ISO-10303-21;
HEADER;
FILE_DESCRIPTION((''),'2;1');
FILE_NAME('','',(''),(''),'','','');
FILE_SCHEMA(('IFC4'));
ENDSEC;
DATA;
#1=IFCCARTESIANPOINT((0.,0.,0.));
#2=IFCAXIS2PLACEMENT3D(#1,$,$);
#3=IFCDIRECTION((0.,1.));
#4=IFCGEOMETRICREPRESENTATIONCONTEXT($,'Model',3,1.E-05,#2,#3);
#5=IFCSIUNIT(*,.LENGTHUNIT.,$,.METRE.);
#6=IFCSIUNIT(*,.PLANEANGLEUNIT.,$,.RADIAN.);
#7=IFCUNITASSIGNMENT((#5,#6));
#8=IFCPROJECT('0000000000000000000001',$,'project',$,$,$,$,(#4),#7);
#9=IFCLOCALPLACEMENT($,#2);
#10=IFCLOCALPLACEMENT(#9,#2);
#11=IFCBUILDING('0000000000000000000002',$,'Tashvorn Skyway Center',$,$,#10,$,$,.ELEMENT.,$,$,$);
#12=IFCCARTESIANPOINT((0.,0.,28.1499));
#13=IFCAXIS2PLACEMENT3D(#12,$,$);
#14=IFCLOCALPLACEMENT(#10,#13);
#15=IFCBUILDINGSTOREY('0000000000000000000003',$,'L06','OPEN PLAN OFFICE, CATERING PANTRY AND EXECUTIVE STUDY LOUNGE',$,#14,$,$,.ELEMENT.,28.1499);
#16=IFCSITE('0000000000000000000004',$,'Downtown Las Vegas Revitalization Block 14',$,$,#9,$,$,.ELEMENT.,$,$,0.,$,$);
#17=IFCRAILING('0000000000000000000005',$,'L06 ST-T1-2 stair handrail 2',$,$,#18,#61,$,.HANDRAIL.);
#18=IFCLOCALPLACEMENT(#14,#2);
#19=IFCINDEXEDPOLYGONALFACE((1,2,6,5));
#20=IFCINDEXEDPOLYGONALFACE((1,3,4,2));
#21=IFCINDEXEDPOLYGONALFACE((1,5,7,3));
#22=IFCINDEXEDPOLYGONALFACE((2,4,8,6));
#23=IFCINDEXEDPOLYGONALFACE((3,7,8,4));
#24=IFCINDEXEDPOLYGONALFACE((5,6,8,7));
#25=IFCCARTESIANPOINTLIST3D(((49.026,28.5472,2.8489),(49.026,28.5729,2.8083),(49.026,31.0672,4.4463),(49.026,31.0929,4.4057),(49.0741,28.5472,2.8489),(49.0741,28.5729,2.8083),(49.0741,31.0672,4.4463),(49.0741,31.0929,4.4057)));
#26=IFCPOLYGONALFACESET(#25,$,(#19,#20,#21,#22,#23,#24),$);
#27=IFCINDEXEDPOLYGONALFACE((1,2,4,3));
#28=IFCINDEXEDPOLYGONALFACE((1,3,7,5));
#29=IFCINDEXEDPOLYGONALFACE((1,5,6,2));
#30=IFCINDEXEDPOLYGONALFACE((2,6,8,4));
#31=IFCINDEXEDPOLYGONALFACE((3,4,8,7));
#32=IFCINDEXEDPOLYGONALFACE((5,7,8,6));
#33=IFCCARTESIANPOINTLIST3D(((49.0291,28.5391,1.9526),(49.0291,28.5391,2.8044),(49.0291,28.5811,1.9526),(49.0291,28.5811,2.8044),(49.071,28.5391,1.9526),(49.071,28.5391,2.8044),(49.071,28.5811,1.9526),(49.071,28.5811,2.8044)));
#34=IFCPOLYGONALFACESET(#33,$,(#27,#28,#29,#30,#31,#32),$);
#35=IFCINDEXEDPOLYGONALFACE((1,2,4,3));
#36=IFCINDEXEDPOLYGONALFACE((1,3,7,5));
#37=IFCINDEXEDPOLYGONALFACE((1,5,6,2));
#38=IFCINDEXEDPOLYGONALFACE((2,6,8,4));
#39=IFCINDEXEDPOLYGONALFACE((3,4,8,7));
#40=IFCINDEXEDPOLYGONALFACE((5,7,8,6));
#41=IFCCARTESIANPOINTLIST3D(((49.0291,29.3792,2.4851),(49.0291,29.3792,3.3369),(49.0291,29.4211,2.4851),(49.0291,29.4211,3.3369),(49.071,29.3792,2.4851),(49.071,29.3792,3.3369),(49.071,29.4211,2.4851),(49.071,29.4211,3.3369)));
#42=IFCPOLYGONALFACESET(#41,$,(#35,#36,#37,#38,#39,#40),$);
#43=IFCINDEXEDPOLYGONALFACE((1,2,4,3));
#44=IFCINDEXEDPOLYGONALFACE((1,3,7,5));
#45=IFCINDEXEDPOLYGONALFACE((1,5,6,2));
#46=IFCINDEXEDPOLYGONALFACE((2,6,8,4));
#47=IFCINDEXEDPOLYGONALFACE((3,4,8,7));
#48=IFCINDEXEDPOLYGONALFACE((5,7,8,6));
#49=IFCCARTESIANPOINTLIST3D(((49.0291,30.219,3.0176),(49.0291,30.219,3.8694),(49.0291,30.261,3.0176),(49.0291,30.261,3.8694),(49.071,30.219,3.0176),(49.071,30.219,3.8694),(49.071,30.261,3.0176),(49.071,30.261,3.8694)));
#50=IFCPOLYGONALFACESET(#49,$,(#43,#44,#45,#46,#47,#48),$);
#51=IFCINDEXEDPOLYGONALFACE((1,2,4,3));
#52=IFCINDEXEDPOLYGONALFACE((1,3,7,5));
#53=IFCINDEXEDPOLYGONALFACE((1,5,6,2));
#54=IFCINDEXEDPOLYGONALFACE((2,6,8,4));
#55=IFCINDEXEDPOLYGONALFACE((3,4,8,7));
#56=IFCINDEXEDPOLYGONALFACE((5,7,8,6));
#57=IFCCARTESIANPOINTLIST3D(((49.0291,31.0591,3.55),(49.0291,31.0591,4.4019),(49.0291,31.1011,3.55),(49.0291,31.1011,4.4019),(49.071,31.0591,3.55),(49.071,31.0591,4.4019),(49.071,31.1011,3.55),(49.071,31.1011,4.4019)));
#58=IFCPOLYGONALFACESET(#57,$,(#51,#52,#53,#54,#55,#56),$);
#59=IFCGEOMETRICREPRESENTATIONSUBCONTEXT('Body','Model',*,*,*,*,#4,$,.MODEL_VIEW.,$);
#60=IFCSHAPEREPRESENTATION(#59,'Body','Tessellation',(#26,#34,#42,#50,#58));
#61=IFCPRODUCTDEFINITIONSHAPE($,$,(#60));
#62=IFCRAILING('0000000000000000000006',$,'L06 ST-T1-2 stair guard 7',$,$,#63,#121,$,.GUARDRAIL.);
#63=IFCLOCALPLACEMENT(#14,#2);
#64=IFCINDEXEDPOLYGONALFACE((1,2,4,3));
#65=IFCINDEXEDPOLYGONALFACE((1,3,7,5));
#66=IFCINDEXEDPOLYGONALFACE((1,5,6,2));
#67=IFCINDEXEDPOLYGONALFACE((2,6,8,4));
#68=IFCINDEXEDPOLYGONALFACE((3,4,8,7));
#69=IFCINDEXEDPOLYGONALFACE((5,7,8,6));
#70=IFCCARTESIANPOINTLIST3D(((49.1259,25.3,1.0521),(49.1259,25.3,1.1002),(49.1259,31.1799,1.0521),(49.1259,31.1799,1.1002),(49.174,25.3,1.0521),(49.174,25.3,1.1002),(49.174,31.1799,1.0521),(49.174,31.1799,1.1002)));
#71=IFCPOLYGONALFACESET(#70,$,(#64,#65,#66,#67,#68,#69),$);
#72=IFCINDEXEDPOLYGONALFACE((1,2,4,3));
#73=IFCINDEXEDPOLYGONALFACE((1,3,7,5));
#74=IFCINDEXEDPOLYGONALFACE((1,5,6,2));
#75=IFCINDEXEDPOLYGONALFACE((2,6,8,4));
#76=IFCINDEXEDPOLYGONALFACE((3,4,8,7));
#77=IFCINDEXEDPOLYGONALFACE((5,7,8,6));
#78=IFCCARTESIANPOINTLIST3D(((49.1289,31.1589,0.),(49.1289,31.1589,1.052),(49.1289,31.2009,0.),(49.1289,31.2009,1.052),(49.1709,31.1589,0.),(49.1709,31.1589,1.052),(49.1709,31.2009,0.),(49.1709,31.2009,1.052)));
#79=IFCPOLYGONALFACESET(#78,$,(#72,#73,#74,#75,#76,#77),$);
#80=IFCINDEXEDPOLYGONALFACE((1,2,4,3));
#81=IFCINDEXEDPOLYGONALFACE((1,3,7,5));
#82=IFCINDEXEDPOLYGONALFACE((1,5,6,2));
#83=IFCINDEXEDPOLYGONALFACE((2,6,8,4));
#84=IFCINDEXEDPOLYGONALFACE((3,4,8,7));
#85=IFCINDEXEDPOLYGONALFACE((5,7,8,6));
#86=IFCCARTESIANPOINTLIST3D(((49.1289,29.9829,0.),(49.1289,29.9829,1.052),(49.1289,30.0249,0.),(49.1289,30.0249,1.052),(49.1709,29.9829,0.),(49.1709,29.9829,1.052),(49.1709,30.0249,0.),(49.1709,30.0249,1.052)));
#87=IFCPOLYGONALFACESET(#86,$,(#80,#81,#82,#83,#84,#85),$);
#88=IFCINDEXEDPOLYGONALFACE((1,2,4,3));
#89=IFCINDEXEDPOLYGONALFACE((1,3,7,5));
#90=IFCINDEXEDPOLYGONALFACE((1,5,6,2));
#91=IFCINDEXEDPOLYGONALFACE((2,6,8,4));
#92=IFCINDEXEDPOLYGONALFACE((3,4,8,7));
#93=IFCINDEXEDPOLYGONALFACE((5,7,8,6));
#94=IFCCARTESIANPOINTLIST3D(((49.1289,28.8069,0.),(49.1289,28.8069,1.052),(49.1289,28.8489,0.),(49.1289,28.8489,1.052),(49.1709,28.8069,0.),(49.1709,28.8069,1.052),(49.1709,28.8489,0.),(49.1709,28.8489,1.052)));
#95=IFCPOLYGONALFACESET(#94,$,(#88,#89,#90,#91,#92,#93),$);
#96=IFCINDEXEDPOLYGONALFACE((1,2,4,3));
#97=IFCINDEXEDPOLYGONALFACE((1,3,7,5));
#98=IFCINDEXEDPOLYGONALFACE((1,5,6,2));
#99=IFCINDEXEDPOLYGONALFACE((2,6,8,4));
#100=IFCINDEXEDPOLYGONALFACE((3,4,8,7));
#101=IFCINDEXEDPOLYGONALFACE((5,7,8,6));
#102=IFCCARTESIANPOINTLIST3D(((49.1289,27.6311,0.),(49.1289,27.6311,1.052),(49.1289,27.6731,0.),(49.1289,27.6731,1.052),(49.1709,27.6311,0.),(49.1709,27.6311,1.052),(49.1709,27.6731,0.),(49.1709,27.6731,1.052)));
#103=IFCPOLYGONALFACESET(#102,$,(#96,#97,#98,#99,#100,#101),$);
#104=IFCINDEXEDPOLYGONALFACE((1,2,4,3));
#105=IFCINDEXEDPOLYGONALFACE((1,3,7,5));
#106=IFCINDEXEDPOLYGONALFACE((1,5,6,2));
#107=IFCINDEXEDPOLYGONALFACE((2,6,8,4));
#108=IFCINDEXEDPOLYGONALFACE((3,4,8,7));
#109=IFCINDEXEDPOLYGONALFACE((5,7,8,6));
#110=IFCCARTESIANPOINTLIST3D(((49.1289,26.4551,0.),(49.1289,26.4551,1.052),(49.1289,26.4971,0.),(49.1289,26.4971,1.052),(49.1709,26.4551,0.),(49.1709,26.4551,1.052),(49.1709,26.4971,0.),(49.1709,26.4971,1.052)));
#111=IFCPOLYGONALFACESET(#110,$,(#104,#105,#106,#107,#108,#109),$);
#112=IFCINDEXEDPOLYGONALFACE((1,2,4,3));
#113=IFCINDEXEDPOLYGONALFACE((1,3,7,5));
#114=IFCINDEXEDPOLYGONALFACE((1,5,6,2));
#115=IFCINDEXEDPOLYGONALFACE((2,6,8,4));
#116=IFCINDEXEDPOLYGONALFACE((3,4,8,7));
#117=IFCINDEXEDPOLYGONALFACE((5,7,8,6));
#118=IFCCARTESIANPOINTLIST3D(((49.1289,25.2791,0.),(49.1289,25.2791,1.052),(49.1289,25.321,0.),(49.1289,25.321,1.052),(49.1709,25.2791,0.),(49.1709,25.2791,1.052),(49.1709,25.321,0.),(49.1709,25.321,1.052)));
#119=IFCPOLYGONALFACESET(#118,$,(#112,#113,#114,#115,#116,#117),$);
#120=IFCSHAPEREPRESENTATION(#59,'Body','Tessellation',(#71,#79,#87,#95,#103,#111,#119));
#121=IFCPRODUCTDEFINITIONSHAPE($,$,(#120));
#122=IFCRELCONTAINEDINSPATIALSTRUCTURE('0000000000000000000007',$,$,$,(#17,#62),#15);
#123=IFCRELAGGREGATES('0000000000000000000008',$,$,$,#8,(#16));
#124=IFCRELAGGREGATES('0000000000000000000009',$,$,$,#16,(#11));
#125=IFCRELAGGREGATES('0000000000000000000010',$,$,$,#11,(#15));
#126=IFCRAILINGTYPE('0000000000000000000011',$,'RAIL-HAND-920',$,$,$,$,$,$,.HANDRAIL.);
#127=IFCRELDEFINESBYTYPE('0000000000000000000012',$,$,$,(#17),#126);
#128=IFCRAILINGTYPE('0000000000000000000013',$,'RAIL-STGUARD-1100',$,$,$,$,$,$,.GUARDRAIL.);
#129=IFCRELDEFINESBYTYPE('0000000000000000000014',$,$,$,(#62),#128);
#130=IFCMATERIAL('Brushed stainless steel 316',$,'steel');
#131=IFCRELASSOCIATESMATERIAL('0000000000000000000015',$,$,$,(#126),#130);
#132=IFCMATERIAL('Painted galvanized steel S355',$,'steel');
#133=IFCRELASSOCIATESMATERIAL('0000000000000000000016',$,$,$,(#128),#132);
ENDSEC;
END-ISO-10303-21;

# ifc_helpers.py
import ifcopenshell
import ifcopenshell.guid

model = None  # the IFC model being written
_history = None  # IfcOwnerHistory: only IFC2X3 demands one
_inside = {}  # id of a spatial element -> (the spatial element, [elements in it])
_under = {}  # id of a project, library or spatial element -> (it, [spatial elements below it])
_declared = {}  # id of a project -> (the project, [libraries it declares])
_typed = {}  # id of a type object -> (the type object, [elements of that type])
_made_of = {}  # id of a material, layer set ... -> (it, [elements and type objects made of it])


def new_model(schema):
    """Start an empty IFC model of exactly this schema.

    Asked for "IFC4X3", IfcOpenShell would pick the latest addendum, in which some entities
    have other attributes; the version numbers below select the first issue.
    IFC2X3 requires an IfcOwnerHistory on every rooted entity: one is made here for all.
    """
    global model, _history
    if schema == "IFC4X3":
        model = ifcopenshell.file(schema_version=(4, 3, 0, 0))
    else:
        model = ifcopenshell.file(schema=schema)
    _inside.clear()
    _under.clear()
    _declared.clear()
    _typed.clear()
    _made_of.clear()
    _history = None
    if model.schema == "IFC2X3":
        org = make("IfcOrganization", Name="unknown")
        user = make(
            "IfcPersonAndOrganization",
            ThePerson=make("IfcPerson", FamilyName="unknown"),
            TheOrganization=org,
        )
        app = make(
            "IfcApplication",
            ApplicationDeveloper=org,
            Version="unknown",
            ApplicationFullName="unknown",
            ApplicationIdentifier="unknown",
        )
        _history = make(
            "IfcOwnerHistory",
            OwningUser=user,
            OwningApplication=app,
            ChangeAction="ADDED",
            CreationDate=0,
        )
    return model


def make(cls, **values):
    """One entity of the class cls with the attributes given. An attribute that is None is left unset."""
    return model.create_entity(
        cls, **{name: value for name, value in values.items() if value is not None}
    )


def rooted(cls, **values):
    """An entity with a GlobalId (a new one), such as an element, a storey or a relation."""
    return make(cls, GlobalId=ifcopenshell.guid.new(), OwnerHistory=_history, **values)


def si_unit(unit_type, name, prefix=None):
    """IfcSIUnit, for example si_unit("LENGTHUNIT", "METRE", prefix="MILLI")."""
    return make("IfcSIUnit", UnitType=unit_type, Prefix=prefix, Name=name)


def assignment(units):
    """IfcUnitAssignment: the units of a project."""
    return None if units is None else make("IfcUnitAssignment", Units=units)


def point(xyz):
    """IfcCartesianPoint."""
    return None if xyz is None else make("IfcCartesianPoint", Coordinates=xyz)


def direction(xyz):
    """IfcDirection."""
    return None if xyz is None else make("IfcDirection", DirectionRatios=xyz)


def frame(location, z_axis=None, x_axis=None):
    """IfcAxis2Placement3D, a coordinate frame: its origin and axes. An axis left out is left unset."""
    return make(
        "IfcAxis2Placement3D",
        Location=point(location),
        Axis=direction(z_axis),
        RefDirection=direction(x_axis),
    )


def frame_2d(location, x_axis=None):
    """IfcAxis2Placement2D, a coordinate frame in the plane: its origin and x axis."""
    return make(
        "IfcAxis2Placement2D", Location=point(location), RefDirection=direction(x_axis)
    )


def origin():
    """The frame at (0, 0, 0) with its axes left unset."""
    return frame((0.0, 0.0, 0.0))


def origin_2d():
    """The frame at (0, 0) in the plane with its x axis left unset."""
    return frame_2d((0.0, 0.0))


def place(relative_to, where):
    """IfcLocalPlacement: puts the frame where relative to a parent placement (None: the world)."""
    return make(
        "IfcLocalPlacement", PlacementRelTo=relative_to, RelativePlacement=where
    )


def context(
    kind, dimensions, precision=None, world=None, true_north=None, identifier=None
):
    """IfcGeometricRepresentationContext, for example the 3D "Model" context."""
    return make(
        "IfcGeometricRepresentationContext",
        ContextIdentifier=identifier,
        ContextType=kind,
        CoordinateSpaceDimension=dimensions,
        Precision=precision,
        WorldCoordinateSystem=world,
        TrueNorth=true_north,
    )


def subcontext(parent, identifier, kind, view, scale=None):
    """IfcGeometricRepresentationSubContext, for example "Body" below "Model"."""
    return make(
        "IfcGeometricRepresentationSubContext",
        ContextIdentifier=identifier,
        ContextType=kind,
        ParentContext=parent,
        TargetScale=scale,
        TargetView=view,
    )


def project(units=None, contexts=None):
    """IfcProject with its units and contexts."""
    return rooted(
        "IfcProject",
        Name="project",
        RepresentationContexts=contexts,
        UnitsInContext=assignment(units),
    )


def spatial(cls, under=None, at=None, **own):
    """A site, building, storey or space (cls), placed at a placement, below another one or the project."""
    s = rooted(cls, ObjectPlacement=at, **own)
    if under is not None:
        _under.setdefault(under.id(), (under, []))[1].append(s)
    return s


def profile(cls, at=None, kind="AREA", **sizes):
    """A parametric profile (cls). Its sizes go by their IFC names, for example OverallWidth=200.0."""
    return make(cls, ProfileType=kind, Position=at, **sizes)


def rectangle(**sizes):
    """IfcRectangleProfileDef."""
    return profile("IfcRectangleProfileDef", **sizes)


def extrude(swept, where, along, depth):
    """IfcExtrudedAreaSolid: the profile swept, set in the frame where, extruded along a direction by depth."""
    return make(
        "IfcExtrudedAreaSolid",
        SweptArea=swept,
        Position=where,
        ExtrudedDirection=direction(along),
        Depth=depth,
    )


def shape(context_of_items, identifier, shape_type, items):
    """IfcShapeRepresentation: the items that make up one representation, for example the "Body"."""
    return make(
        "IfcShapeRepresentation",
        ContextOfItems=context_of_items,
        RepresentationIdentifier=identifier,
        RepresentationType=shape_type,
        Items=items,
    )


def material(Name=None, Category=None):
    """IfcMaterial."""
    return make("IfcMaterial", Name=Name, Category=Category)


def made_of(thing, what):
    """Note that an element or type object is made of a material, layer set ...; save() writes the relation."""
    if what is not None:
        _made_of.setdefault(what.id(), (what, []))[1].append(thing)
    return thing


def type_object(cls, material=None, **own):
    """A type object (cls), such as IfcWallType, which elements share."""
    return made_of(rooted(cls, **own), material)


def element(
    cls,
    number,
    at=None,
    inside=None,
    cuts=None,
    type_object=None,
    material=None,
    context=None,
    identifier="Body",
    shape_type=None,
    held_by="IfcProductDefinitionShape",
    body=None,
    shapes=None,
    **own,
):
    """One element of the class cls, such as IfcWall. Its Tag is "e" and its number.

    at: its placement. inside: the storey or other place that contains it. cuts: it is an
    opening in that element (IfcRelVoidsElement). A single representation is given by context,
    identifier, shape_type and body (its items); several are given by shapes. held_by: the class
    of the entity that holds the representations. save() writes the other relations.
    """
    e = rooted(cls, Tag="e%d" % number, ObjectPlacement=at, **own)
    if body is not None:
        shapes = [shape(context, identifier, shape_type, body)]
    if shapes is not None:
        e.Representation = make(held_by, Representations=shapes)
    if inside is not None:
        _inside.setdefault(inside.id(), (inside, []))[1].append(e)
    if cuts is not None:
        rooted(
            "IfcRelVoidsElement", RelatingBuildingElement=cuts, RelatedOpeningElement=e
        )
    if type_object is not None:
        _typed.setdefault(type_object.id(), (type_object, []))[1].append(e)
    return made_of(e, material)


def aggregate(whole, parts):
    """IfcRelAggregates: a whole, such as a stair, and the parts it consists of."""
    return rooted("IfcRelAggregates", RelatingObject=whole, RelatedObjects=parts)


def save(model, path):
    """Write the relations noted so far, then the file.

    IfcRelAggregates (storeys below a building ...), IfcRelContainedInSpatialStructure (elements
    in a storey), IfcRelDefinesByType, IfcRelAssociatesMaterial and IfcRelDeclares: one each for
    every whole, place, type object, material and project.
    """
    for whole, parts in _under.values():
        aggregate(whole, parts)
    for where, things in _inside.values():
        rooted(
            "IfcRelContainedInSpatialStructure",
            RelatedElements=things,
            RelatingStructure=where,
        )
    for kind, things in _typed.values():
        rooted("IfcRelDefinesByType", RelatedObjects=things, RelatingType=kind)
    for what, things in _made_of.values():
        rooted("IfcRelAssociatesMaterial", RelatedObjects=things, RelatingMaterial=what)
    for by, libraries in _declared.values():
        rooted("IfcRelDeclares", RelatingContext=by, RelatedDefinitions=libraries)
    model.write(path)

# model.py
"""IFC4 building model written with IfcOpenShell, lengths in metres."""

from ifc_helpers import new_model, si_unit, direction, frame, origin, origin_2d, place, context, subcontext, project, spatial, rectangle, extrude, material, type_object, element, save


model = new_model("IFC4")

# Units and contexts
model_context = context("Model", 3, precision=1e-05, world=origin(), true_north=direction((0.0, 1.0)))
body_context = subcontext(model_context, "Body", "Model", "MODEL_VIEW")
ifc_project = project(units=[si_unit("LENGTHUNIT", "METRE"), si_unit("PLANEANGLEUNIT", "RADIAN")], contexts=[model_context])

# Site, building, storey
site_placement = place(None, origin())
site = spatial("IfcSite", under=ifc_project, at=site_placement, Name="Downtown Las Vegas Revitalization Block 14", CompositionType="ELEMENT", RefElevation=0.0)
building_placement = place(site_placement, origin())
building = spatial("IfcBuilding", under=site, at=building_placement, Name="Tashvorn Skyway Center", CompositionType="ELEMENT")
storey_placement = place(building_placement, frame((0.0, 0.0, 28.1499)))
storey = spatial("IfcBuildingStorey", under=building, at=storey_placement, Name="L06", Description="OPEN PLAN OFFICE, CATERING PANTRY AND EXECUTIVE STUDY LOUNGE", CompositionType="ELEMENT", Elevation=28.1499)

# Railings
ifc_material_1 = material(Name="Brushed stainless steel 316", Category="steel")
railing_type_1 = type_object("IfcRailingType", Name="RAIL-HAND-920", PredefinedType="HANDRAIL", material=ifc_material_1)
railing_1_placement = place(storey_placement, frame((49.05, 28.5601, 1.9526)))
element("IfcRailing", 1, at=railing_1_placement, inside=storey, type_object=railing_type_1, Name="L06 ST-T1-2 stair handrail 2", PredefinedType="HANDRAIL", context=body_context, shape_type="SweptSolid", body=[
    extrude(rectangle(XDim=0.0481, YDim=0.0481, at=origin_2d()), frame((0.0, 0.0, 0.876), z_axis=(0.0, 0.844607, 0.535387), x_axis=(-1.0, 0.0, 0.0)), (0.0, 0.0, 1.0), 2.9836),
    extrude(rectangle(XDim=0.042, YDim=0.042, at=origin_2d()), origin(), (0.0, 0.0, 1.0), 0.8518),
    extrude(rectangle(XDim=0.042, YDim=0.042, at=origin_2d()), frame((0.0, 0.8401, 0.5325)), (0.0, 0.0, 1.0), 0.8518),
    extrude(rectangle(XDim=0.042, YDim=0.042, at=origin_2d()), frame((0.0, 1.6799, 1.0649)), (0.0, 0.0, 1.0), 0.8518),
    extrude(rectangle(XDim=0.042, YDim=0.042, at=origin_2d()), frame((0.0, 2.52, 1.5974)), (0.0, 0.0, 1.0), 0.8518),
])
ifc_material_2 = material(Name="Painted galvanized steel S355", Category="steel")
railing_type_2 = type_object("IfcRailingType", Name="RAIL-STGUARD-1100", PredefinedType="GUARDRAIL", material=ifc_material_2)
railing_2_placement = place(storey_placement, frame((49.1499, 31.1799, 0.0)))
element("IfcRailing", 2, at=railing_2_placement, inside=storey, type_object=railing_type_2, Name="L06 ST-T1-2 stair guard 7", PredefinedType="GUARDRAIL", context=body_context, shape_type="SweptSolid", body=[
    extrude(rectangle(XDim=0.0481, YDim=0.0481, at=origin_2d()), frame((0.0, 0.0, 1.0762), z_axis=(0.0, -1.0, 0.0), x_axis=(1.0, 0.0, 0.0)), (0.0, 0.0, 1.0), 5.8799),
    extrude(rectangle(XDim=0.042, YDim=0.042, at=origin_2d()), origin(), (0.0, 0.0, 1.0), 1.052),
    extrude(rectangle(XDim=0.042, YDim=0.042, at=origin_2d()), frame((0.0, -1.176, 0.0)), (0.0, 0.0, 1.0), 1.052),
    extrude(rectangle(XDim=0.042, YDim=0.042, at=origin_2d()), frame((0.0, -2.3521, 0.0)), (0.0, 0.0, 1.0), 1.052),
    extrude(rectangle(XDim=0.042, YDim=0.042, at=origin_2d()), frame((0.0, -3.5278, 0.0)), (0.0, 0.0, 1.0), 1.052),
    extrude(rectangle(XDim=0.042, YDim=0.042, at=origin_2d()), frame((0.0, -4.7039, 0.0)), (0.0, 0.0, 1.0), 1.052),
    extrude(rectangle(XDim=0.042, YDim=0.042, at=origin_2d()), frame((0.0, -5.8799, 0.0)), (0.0, 0.0, 1.0), 1.052),
])

save(model, "model.ifc")
